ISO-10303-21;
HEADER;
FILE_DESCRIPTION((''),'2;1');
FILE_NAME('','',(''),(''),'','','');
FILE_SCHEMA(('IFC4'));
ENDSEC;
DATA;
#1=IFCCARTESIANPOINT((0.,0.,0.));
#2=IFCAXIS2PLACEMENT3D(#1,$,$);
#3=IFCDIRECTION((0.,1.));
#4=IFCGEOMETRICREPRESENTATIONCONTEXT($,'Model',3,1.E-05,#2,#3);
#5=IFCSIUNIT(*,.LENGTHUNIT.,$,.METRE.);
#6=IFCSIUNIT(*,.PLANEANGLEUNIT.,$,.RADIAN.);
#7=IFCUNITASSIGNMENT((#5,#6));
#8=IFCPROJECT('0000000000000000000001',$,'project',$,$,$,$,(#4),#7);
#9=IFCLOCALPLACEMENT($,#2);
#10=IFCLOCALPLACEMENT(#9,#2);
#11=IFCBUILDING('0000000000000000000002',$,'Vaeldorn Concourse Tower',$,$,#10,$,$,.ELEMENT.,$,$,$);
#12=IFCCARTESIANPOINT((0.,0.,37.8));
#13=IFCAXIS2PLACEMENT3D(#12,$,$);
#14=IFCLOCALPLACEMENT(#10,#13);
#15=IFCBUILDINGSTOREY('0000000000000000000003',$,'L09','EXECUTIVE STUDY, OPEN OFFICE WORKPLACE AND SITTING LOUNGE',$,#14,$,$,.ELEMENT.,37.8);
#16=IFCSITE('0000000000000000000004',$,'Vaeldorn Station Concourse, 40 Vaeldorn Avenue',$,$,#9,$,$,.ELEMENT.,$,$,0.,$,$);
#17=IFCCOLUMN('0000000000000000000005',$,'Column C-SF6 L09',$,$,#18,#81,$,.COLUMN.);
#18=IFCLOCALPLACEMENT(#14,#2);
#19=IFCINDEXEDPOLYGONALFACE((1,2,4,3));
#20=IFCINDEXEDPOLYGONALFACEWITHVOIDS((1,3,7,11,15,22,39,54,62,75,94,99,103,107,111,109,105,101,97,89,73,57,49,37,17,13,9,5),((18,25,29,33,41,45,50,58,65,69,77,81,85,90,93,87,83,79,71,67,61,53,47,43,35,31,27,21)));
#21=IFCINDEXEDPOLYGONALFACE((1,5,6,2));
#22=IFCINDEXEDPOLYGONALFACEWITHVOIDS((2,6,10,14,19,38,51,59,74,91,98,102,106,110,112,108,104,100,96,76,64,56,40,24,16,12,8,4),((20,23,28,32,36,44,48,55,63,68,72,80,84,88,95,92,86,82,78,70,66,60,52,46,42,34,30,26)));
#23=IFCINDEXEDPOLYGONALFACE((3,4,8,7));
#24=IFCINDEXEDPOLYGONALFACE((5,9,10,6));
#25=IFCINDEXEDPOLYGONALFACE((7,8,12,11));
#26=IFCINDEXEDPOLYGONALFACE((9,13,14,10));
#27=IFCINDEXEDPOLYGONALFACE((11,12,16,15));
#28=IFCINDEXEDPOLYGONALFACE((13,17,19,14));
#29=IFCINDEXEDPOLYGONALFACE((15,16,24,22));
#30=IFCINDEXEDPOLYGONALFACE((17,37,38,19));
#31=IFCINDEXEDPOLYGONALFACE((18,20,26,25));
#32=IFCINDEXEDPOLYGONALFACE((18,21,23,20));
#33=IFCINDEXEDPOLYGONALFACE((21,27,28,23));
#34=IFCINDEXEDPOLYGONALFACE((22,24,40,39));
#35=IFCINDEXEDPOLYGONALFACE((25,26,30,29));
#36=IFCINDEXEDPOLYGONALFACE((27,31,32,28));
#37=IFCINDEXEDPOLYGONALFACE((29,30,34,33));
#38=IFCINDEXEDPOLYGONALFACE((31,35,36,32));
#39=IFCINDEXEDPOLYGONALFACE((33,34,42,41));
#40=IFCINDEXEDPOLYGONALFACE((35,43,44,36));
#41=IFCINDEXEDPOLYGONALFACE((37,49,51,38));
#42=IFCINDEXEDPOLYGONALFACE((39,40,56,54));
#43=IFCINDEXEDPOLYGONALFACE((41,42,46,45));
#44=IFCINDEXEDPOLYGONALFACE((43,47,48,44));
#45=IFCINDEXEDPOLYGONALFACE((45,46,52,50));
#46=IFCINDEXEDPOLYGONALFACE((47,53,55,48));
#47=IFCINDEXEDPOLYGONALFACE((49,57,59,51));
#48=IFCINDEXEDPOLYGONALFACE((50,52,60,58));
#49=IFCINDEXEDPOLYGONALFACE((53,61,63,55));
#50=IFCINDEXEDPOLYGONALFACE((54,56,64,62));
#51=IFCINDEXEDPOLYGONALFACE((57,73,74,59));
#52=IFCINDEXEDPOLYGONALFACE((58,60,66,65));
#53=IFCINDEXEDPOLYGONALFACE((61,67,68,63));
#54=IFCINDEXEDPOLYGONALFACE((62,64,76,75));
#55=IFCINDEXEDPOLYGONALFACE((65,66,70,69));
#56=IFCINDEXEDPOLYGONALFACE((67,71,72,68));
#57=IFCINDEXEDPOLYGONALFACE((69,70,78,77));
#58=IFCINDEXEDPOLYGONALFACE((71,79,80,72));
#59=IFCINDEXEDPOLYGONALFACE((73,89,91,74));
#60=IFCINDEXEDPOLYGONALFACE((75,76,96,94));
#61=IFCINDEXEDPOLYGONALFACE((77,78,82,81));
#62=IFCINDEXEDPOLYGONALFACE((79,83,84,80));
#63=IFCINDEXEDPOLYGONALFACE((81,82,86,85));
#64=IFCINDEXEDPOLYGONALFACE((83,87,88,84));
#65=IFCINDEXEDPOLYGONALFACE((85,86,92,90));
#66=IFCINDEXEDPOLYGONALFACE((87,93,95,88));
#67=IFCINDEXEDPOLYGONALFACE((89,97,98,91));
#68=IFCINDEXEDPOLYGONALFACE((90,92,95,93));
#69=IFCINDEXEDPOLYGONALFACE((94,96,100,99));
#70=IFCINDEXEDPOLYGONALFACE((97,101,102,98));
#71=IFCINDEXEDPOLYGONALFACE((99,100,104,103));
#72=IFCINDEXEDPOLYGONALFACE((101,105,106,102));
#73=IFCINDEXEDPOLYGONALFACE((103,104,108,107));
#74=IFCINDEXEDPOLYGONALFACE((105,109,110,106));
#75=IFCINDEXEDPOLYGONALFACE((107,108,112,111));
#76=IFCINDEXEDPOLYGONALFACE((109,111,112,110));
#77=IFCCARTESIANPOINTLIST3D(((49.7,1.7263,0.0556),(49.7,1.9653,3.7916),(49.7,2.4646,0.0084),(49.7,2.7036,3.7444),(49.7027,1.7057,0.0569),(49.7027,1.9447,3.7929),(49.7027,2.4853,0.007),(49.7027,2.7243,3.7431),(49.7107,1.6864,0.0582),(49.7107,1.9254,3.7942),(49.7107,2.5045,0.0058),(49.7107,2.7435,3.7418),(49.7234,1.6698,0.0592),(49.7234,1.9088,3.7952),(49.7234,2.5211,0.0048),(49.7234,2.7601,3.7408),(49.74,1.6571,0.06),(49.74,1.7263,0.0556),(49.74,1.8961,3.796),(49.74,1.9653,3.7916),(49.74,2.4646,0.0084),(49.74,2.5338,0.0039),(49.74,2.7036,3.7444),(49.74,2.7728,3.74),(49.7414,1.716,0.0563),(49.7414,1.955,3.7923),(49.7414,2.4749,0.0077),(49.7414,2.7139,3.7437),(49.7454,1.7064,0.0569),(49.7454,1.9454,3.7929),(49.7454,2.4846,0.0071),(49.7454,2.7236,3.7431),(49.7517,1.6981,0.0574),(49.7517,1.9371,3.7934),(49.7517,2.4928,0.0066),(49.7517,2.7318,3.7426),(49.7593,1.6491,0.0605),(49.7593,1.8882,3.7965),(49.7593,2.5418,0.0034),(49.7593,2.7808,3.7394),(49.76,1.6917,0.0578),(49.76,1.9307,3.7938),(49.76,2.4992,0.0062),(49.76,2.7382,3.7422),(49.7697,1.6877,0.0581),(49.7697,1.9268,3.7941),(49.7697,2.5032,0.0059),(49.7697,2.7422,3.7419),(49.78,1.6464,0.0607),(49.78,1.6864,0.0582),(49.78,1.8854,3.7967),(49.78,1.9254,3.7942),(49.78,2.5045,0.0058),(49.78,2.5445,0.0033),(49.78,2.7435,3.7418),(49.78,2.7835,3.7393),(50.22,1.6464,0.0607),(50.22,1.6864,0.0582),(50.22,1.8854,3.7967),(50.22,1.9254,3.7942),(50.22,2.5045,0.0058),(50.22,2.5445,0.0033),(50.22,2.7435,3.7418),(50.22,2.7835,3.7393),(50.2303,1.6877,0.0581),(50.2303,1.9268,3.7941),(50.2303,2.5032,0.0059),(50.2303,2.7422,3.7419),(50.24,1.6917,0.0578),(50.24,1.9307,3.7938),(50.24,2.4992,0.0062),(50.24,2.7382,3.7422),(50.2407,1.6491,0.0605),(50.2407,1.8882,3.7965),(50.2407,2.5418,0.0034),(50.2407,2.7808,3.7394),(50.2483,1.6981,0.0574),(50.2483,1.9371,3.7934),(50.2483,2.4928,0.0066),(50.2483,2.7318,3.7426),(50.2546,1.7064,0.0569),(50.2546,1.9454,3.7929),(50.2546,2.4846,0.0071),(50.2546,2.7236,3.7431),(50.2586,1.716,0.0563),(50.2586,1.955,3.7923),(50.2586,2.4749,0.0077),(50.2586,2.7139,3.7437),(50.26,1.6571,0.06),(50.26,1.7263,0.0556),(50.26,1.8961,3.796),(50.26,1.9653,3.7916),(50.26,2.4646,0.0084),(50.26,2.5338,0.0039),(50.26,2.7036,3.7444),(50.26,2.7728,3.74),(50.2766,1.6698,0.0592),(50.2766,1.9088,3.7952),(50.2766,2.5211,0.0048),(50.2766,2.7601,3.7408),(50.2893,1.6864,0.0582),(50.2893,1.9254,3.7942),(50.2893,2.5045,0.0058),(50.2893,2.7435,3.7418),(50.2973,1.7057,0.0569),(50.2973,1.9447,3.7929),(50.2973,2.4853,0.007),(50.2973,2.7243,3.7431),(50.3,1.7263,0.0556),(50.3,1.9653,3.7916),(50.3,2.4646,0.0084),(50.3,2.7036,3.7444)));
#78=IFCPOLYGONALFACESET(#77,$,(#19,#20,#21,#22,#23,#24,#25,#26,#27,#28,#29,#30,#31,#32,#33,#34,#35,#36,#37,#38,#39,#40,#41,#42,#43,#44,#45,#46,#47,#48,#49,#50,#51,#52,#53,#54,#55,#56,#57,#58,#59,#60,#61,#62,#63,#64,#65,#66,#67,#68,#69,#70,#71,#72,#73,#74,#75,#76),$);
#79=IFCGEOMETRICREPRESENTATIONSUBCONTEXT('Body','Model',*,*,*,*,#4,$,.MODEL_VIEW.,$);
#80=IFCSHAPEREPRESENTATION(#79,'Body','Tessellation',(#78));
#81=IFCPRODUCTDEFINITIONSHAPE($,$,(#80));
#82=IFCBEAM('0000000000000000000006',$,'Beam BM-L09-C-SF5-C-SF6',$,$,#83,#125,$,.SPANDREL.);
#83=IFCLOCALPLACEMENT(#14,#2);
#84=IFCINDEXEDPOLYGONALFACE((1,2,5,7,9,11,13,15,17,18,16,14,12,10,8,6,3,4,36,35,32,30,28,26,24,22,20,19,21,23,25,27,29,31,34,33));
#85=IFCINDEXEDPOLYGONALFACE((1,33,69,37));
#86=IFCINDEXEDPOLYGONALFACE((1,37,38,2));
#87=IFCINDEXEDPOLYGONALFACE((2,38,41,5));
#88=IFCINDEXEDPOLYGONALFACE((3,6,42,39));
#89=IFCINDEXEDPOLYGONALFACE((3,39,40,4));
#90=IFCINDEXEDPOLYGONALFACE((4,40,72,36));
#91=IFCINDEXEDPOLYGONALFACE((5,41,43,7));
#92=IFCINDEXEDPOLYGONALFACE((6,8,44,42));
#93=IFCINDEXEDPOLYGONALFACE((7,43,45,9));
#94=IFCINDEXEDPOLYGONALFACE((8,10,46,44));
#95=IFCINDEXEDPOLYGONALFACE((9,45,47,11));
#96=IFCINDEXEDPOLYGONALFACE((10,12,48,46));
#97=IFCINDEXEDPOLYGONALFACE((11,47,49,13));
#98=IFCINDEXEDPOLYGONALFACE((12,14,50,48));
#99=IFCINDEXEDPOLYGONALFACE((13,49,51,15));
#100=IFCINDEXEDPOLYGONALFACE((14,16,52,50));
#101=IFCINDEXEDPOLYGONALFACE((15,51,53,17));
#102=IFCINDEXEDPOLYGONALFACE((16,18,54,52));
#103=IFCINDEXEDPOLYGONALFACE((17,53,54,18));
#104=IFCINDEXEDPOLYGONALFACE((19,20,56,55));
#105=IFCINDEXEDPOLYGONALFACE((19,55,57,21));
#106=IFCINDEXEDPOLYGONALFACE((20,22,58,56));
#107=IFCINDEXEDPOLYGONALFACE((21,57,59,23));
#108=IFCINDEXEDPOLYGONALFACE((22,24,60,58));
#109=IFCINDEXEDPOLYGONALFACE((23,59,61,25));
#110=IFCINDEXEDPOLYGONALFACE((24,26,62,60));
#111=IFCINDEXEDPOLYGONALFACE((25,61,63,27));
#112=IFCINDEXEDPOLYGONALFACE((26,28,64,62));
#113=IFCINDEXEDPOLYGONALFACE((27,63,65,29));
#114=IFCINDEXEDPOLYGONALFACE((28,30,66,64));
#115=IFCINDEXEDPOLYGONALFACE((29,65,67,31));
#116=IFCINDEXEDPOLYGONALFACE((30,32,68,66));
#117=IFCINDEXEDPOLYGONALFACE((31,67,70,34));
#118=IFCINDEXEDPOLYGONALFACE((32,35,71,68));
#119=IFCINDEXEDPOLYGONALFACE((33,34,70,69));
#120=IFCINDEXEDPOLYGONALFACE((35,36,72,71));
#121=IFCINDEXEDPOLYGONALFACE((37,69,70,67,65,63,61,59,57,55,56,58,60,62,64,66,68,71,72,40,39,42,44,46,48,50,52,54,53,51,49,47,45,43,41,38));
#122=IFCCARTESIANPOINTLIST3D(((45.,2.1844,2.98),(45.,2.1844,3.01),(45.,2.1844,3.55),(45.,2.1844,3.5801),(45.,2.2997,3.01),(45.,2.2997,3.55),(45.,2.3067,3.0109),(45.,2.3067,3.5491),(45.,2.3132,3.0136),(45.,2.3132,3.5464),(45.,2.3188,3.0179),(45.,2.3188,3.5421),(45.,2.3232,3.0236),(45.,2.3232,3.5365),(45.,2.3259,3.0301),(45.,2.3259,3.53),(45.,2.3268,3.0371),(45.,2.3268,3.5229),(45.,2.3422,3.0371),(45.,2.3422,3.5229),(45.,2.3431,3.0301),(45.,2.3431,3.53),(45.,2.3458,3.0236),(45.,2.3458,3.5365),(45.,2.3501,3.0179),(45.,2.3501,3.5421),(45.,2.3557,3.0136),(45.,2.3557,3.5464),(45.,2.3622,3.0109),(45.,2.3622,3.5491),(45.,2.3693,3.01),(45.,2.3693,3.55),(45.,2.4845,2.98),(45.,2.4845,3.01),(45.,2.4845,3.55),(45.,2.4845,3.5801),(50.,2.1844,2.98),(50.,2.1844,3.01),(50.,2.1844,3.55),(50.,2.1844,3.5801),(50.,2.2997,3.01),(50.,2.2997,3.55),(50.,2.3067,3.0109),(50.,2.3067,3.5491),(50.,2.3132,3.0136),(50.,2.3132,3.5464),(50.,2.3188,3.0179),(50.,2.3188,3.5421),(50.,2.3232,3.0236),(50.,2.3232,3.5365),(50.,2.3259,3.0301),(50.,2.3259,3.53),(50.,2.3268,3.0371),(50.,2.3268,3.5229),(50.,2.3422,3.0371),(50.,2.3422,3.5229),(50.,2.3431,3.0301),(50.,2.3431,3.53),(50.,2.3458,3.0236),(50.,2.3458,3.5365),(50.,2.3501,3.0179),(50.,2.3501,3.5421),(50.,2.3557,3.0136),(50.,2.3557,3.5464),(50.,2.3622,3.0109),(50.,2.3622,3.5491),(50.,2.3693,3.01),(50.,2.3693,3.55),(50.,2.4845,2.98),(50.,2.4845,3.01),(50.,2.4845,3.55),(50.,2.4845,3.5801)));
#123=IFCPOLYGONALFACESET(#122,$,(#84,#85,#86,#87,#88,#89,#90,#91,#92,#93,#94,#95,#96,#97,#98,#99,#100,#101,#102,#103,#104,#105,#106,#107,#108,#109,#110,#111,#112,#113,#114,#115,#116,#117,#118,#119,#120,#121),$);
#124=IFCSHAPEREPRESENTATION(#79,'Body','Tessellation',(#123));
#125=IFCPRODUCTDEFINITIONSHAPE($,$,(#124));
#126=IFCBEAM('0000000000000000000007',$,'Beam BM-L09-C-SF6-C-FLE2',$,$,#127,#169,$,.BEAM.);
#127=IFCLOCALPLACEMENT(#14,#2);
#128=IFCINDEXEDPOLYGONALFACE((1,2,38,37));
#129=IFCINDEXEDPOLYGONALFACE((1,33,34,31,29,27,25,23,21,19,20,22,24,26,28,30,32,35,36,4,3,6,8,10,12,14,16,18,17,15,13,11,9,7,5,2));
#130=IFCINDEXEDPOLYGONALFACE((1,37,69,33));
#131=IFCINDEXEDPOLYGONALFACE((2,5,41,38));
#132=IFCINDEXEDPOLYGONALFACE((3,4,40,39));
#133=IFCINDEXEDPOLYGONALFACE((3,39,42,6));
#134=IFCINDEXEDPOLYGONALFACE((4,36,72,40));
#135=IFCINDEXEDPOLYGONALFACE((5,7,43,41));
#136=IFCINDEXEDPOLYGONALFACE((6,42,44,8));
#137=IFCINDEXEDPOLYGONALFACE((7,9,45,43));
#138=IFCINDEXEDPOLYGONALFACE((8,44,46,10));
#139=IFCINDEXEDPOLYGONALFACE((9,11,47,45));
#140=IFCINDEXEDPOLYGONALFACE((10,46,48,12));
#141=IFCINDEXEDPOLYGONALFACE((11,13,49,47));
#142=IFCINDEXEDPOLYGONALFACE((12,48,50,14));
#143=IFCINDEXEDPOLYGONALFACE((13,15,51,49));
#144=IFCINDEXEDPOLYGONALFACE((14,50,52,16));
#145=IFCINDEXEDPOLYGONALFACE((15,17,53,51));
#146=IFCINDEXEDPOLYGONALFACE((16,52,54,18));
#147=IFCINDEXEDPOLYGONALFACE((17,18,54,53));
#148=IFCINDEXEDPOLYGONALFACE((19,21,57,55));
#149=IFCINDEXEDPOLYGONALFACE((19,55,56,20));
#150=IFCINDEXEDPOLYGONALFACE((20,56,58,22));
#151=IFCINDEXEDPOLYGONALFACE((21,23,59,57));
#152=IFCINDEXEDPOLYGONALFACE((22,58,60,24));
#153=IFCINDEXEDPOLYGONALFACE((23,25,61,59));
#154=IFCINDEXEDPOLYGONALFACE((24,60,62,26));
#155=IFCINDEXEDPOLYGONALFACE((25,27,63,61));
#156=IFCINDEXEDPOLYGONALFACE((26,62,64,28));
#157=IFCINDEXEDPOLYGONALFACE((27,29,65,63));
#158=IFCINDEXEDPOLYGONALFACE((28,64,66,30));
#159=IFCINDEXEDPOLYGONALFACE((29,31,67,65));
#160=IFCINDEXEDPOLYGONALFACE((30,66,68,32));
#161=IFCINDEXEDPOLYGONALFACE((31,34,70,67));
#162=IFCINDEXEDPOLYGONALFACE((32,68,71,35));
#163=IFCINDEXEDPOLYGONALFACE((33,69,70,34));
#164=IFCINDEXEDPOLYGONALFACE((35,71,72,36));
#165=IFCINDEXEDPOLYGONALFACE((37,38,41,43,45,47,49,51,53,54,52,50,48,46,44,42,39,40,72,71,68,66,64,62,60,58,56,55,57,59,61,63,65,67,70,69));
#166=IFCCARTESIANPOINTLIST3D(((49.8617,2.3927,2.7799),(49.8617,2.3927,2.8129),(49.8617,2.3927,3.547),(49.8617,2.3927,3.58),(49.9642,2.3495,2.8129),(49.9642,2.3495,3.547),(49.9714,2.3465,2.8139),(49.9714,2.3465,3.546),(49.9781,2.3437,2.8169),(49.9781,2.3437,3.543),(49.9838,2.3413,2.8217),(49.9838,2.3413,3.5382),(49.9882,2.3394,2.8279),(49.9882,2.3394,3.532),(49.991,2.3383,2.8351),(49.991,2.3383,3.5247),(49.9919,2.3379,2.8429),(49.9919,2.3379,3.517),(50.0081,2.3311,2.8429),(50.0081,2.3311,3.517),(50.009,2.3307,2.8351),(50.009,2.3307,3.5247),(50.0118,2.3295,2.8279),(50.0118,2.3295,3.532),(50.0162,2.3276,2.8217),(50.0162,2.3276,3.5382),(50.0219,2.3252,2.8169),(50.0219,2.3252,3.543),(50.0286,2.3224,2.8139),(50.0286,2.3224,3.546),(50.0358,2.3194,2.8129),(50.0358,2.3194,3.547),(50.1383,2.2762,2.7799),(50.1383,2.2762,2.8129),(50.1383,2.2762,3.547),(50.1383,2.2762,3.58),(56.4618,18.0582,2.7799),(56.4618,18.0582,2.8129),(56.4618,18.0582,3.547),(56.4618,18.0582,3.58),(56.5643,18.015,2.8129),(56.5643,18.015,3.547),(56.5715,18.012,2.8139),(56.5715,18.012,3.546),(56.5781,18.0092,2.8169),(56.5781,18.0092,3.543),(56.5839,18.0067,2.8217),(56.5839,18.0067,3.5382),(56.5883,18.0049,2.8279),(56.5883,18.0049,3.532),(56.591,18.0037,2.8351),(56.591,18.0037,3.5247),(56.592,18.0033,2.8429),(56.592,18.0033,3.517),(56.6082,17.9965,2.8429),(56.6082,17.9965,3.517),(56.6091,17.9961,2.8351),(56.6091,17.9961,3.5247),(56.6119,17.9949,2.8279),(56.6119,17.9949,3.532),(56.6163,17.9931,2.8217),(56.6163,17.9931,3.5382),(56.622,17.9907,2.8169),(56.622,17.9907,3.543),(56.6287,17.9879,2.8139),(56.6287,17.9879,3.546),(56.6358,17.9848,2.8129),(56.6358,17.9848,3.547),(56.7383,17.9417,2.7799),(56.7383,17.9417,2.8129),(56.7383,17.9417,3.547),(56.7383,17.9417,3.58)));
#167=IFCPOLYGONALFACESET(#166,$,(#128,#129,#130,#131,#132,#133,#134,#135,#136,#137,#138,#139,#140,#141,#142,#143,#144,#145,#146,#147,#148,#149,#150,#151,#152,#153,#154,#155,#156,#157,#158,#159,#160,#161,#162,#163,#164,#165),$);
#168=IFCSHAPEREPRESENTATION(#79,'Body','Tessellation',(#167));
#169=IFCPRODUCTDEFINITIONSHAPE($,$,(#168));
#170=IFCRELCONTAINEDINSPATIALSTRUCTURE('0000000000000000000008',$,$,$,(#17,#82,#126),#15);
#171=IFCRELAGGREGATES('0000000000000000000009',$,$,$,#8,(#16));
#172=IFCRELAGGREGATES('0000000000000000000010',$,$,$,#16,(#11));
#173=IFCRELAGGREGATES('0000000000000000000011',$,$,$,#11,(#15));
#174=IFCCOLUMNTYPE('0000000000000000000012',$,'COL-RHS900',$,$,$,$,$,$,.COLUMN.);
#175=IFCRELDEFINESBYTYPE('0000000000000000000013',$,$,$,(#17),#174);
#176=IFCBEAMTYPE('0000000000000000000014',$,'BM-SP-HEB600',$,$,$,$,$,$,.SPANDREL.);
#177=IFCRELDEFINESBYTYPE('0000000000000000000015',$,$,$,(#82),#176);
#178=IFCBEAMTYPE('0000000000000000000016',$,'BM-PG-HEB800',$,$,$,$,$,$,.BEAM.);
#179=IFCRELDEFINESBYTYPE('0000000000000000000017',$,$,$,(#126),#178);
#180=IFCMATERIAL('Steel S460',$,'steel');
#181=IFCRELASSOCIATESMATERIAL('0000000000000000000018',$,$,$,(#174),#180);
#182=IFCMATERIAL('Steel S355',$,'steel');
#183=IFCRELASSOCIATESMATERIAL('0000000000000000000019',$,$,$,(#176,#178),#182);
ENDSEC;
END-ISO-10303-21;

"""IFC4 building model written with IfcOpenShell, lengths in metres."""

from ifc_helpers import new_model, si_unit, direction, frame, origin, origin_2d, place, context, subcontext, project, spatial, hollow_rectangle, i_section, extrude, source, transform, mapped, material, material_profile, profile_set, type_object, element, save


model = new_model("IFC4")

# Units and contexts
model_context = context("Model", 3, precision=1e-05, world=origin(), true_north=direction((0.0, 1.0)))
body_context = subcontext(model_context, "Body", "Model", "MODEL_VIEW")
ifc_project = project(units=[si_unit("LENGTHUNIT", "METRE"), si_unit("PLANEANGLEUNIT", "RADIAN")], contexts=[model_context])

# Site, building, storey
site_placement = place(None, origin())
site = spatial("IfcSite", under=ifc_project, at=site_placement, Name="Vaeldorn Station Concourse, 40 Vaeldorn Avenue", CompositionType="ELEMENT", RefElevation=0.0)
building_placement = place(site_placement, origin())
building = spatial("IfcBuilding", under=site, at=building_placement, Name="Vaeldorn Concourse Tower", CompositionType="ELEMENT")
storey_placement = place(building_placement, frame((0.0, 0.0, 37.8)))
storey = spatial("IfcBuildingStorey", under=building, at=storey_placement, Name="L09", Description="EXECUTIVE STUDY, OPEN OFFICE WORKPLACE AND SITTING LOUNGE", CompositionType="ELEMENT", Elevation=37.8)

# Column
ifc_material_1 = material(Name="Steel S460", Category="steel")
ifc_material_profile_1 = material_profile(ifc_material_1, hollow_rectangle(XDim=0.6001, YDim=0.8999, WallThickness=0.04, InnerFilletRadius=0.04, OuterFilletRadius=0.0801, at=origin_2d()), Name="RHS 900x600x40")
ifc_profile_set_1 = profile_set([ifc_material_profile_1], Name="Steel S460")
column_type = type_object("IfcColumnType", Name="COL-RHS900", PredefinedType="COLUMN", material=ifc_profile_set_1)
shared_shape_1 = source(origin(), body_context, "Body", "SweptSolid", [
    extrude(hollow_rectangle(XDim=0.6001, YDim=0.8999, WallThickness=0.04, InnerFilletRadius=0.04, OuterFilletRadius=0.0801, at=origin_2d()), origin(), (0.0, 0.0, 1.0), 3.7437),
])
column_placement = place(storey_placement, frame((50.0, 2.0955, 0.032), z_axis=(0.0, 0.063844, 0.99796), x_axis=(-1.0, 0.0, 0.0)))
element("IfcColumn", 1, at=column_placement, inside=storey, type_object=column_type, Name="Column C-SF6 L09", PredefinedType="COLUMN", context=body_context, shape_type="MappedRepresentation", body=[
    mapped(shared_shape_1, transform((0.0, 0.0, 0.0), scale=1.0)),
])

# Beams
ifc_material_2 = material(Name="Steel S355", Category="steel")
ifc_material_profile_2 = material_profile(ifc_material_2, i_section(OverallWidth=0.3, OverallDepth=0.6001, WebThickness=0.0154, FlangeThickness=0.03, FilletRadius=0.0271, at=origin_2d()), Name="HEB 600")
ifc_profile_set_2 = profile_set([ifc_material_profile_2], Name="Steel S355")
beam_type_1 = type_object("IfcBeamType", Name="BM-SP-HEB600", PredefinedType="SPANDREL", material=ifc_profile_set_2)
shared_shape_2 = source(origin(), body_context, "Body", "SweptSolid", [
    extrude(i_section(OverallWidth=0.3, OverallDepth=0.6001, WebThickness=0.0154, FlangeThickness=0.03, FilletRadius=0.0271, at=origin_2d()), origin(), (0.0, 0.0, 1.0), 5.0),
])
beam_1_placement = place(storey_placement, frame((45.0, 2.3345, 3.28), z_axis=(1.0, 0.0, 0.0), x_axis=(0.0, 1.0, 0.0)))
element("IfcBeam", 2, at=beam_1_placement, inside=storey, type_object=beam_type_1, Name="Beam BM-L09-C-SF5-C-SF6", PredefinedType="SPANDREL", context=body_context, shape_type="MappedRepresentation", body=[
    mapped(shared_shape_2, transform((0.0, 0.0, 0.0), scale=1.0)),
])
ifc_material_profile_3 = material_profile(ifc_material_2, i_section(OverallWidth=0.3, OverallDepth=0.8, WebThickness=0.0176, FlangeThickness=0.033, FilletRadius=0.03, at=origin_2d()), Name="HEB 800")
ifc_profile_set_3 = profile_set([ifc_material_profile_3], Name="Steel S355")
beam_type_2 = type_object("IfcBeamType", Name="BM-PG-HEB800", PredefinedType="BEAM", material=ifc_profile_set_3)
shared_shape_3 = source(origin(), body_context, "Body", "SweptSolid", [
    extrude(i_section(OverallWidth=0.3, OverallDepth=0.8, WebThickness=0.0176, FlangeThickness=0.033, FilletRadius=0.03, at=origin_2d()), origin(), (0.0, 0.0, 1.0), 16.999),
])
beam_2_placement = place(storey_placement, frame((50.0, 2.3345, 3.1799), z_axis=(0.388261, 0.921549, 0.0), x_axis=(-0.921549, 0.388261, 0.0)))
element("IfcBeam", 3, at=beam_2_placement, inside=storey, type_object=beam_type_2, Name="Beam BM-L09-C-SF6-C-FLE2", PredefinedType="BEAM", context=body_context, shape_type="MappedRepresentation", body=[
    mapped(shared_shape_3, transform((0.0, 0.0, 0.0), scale=1.0)),
])

save(model, "model.ifc")
